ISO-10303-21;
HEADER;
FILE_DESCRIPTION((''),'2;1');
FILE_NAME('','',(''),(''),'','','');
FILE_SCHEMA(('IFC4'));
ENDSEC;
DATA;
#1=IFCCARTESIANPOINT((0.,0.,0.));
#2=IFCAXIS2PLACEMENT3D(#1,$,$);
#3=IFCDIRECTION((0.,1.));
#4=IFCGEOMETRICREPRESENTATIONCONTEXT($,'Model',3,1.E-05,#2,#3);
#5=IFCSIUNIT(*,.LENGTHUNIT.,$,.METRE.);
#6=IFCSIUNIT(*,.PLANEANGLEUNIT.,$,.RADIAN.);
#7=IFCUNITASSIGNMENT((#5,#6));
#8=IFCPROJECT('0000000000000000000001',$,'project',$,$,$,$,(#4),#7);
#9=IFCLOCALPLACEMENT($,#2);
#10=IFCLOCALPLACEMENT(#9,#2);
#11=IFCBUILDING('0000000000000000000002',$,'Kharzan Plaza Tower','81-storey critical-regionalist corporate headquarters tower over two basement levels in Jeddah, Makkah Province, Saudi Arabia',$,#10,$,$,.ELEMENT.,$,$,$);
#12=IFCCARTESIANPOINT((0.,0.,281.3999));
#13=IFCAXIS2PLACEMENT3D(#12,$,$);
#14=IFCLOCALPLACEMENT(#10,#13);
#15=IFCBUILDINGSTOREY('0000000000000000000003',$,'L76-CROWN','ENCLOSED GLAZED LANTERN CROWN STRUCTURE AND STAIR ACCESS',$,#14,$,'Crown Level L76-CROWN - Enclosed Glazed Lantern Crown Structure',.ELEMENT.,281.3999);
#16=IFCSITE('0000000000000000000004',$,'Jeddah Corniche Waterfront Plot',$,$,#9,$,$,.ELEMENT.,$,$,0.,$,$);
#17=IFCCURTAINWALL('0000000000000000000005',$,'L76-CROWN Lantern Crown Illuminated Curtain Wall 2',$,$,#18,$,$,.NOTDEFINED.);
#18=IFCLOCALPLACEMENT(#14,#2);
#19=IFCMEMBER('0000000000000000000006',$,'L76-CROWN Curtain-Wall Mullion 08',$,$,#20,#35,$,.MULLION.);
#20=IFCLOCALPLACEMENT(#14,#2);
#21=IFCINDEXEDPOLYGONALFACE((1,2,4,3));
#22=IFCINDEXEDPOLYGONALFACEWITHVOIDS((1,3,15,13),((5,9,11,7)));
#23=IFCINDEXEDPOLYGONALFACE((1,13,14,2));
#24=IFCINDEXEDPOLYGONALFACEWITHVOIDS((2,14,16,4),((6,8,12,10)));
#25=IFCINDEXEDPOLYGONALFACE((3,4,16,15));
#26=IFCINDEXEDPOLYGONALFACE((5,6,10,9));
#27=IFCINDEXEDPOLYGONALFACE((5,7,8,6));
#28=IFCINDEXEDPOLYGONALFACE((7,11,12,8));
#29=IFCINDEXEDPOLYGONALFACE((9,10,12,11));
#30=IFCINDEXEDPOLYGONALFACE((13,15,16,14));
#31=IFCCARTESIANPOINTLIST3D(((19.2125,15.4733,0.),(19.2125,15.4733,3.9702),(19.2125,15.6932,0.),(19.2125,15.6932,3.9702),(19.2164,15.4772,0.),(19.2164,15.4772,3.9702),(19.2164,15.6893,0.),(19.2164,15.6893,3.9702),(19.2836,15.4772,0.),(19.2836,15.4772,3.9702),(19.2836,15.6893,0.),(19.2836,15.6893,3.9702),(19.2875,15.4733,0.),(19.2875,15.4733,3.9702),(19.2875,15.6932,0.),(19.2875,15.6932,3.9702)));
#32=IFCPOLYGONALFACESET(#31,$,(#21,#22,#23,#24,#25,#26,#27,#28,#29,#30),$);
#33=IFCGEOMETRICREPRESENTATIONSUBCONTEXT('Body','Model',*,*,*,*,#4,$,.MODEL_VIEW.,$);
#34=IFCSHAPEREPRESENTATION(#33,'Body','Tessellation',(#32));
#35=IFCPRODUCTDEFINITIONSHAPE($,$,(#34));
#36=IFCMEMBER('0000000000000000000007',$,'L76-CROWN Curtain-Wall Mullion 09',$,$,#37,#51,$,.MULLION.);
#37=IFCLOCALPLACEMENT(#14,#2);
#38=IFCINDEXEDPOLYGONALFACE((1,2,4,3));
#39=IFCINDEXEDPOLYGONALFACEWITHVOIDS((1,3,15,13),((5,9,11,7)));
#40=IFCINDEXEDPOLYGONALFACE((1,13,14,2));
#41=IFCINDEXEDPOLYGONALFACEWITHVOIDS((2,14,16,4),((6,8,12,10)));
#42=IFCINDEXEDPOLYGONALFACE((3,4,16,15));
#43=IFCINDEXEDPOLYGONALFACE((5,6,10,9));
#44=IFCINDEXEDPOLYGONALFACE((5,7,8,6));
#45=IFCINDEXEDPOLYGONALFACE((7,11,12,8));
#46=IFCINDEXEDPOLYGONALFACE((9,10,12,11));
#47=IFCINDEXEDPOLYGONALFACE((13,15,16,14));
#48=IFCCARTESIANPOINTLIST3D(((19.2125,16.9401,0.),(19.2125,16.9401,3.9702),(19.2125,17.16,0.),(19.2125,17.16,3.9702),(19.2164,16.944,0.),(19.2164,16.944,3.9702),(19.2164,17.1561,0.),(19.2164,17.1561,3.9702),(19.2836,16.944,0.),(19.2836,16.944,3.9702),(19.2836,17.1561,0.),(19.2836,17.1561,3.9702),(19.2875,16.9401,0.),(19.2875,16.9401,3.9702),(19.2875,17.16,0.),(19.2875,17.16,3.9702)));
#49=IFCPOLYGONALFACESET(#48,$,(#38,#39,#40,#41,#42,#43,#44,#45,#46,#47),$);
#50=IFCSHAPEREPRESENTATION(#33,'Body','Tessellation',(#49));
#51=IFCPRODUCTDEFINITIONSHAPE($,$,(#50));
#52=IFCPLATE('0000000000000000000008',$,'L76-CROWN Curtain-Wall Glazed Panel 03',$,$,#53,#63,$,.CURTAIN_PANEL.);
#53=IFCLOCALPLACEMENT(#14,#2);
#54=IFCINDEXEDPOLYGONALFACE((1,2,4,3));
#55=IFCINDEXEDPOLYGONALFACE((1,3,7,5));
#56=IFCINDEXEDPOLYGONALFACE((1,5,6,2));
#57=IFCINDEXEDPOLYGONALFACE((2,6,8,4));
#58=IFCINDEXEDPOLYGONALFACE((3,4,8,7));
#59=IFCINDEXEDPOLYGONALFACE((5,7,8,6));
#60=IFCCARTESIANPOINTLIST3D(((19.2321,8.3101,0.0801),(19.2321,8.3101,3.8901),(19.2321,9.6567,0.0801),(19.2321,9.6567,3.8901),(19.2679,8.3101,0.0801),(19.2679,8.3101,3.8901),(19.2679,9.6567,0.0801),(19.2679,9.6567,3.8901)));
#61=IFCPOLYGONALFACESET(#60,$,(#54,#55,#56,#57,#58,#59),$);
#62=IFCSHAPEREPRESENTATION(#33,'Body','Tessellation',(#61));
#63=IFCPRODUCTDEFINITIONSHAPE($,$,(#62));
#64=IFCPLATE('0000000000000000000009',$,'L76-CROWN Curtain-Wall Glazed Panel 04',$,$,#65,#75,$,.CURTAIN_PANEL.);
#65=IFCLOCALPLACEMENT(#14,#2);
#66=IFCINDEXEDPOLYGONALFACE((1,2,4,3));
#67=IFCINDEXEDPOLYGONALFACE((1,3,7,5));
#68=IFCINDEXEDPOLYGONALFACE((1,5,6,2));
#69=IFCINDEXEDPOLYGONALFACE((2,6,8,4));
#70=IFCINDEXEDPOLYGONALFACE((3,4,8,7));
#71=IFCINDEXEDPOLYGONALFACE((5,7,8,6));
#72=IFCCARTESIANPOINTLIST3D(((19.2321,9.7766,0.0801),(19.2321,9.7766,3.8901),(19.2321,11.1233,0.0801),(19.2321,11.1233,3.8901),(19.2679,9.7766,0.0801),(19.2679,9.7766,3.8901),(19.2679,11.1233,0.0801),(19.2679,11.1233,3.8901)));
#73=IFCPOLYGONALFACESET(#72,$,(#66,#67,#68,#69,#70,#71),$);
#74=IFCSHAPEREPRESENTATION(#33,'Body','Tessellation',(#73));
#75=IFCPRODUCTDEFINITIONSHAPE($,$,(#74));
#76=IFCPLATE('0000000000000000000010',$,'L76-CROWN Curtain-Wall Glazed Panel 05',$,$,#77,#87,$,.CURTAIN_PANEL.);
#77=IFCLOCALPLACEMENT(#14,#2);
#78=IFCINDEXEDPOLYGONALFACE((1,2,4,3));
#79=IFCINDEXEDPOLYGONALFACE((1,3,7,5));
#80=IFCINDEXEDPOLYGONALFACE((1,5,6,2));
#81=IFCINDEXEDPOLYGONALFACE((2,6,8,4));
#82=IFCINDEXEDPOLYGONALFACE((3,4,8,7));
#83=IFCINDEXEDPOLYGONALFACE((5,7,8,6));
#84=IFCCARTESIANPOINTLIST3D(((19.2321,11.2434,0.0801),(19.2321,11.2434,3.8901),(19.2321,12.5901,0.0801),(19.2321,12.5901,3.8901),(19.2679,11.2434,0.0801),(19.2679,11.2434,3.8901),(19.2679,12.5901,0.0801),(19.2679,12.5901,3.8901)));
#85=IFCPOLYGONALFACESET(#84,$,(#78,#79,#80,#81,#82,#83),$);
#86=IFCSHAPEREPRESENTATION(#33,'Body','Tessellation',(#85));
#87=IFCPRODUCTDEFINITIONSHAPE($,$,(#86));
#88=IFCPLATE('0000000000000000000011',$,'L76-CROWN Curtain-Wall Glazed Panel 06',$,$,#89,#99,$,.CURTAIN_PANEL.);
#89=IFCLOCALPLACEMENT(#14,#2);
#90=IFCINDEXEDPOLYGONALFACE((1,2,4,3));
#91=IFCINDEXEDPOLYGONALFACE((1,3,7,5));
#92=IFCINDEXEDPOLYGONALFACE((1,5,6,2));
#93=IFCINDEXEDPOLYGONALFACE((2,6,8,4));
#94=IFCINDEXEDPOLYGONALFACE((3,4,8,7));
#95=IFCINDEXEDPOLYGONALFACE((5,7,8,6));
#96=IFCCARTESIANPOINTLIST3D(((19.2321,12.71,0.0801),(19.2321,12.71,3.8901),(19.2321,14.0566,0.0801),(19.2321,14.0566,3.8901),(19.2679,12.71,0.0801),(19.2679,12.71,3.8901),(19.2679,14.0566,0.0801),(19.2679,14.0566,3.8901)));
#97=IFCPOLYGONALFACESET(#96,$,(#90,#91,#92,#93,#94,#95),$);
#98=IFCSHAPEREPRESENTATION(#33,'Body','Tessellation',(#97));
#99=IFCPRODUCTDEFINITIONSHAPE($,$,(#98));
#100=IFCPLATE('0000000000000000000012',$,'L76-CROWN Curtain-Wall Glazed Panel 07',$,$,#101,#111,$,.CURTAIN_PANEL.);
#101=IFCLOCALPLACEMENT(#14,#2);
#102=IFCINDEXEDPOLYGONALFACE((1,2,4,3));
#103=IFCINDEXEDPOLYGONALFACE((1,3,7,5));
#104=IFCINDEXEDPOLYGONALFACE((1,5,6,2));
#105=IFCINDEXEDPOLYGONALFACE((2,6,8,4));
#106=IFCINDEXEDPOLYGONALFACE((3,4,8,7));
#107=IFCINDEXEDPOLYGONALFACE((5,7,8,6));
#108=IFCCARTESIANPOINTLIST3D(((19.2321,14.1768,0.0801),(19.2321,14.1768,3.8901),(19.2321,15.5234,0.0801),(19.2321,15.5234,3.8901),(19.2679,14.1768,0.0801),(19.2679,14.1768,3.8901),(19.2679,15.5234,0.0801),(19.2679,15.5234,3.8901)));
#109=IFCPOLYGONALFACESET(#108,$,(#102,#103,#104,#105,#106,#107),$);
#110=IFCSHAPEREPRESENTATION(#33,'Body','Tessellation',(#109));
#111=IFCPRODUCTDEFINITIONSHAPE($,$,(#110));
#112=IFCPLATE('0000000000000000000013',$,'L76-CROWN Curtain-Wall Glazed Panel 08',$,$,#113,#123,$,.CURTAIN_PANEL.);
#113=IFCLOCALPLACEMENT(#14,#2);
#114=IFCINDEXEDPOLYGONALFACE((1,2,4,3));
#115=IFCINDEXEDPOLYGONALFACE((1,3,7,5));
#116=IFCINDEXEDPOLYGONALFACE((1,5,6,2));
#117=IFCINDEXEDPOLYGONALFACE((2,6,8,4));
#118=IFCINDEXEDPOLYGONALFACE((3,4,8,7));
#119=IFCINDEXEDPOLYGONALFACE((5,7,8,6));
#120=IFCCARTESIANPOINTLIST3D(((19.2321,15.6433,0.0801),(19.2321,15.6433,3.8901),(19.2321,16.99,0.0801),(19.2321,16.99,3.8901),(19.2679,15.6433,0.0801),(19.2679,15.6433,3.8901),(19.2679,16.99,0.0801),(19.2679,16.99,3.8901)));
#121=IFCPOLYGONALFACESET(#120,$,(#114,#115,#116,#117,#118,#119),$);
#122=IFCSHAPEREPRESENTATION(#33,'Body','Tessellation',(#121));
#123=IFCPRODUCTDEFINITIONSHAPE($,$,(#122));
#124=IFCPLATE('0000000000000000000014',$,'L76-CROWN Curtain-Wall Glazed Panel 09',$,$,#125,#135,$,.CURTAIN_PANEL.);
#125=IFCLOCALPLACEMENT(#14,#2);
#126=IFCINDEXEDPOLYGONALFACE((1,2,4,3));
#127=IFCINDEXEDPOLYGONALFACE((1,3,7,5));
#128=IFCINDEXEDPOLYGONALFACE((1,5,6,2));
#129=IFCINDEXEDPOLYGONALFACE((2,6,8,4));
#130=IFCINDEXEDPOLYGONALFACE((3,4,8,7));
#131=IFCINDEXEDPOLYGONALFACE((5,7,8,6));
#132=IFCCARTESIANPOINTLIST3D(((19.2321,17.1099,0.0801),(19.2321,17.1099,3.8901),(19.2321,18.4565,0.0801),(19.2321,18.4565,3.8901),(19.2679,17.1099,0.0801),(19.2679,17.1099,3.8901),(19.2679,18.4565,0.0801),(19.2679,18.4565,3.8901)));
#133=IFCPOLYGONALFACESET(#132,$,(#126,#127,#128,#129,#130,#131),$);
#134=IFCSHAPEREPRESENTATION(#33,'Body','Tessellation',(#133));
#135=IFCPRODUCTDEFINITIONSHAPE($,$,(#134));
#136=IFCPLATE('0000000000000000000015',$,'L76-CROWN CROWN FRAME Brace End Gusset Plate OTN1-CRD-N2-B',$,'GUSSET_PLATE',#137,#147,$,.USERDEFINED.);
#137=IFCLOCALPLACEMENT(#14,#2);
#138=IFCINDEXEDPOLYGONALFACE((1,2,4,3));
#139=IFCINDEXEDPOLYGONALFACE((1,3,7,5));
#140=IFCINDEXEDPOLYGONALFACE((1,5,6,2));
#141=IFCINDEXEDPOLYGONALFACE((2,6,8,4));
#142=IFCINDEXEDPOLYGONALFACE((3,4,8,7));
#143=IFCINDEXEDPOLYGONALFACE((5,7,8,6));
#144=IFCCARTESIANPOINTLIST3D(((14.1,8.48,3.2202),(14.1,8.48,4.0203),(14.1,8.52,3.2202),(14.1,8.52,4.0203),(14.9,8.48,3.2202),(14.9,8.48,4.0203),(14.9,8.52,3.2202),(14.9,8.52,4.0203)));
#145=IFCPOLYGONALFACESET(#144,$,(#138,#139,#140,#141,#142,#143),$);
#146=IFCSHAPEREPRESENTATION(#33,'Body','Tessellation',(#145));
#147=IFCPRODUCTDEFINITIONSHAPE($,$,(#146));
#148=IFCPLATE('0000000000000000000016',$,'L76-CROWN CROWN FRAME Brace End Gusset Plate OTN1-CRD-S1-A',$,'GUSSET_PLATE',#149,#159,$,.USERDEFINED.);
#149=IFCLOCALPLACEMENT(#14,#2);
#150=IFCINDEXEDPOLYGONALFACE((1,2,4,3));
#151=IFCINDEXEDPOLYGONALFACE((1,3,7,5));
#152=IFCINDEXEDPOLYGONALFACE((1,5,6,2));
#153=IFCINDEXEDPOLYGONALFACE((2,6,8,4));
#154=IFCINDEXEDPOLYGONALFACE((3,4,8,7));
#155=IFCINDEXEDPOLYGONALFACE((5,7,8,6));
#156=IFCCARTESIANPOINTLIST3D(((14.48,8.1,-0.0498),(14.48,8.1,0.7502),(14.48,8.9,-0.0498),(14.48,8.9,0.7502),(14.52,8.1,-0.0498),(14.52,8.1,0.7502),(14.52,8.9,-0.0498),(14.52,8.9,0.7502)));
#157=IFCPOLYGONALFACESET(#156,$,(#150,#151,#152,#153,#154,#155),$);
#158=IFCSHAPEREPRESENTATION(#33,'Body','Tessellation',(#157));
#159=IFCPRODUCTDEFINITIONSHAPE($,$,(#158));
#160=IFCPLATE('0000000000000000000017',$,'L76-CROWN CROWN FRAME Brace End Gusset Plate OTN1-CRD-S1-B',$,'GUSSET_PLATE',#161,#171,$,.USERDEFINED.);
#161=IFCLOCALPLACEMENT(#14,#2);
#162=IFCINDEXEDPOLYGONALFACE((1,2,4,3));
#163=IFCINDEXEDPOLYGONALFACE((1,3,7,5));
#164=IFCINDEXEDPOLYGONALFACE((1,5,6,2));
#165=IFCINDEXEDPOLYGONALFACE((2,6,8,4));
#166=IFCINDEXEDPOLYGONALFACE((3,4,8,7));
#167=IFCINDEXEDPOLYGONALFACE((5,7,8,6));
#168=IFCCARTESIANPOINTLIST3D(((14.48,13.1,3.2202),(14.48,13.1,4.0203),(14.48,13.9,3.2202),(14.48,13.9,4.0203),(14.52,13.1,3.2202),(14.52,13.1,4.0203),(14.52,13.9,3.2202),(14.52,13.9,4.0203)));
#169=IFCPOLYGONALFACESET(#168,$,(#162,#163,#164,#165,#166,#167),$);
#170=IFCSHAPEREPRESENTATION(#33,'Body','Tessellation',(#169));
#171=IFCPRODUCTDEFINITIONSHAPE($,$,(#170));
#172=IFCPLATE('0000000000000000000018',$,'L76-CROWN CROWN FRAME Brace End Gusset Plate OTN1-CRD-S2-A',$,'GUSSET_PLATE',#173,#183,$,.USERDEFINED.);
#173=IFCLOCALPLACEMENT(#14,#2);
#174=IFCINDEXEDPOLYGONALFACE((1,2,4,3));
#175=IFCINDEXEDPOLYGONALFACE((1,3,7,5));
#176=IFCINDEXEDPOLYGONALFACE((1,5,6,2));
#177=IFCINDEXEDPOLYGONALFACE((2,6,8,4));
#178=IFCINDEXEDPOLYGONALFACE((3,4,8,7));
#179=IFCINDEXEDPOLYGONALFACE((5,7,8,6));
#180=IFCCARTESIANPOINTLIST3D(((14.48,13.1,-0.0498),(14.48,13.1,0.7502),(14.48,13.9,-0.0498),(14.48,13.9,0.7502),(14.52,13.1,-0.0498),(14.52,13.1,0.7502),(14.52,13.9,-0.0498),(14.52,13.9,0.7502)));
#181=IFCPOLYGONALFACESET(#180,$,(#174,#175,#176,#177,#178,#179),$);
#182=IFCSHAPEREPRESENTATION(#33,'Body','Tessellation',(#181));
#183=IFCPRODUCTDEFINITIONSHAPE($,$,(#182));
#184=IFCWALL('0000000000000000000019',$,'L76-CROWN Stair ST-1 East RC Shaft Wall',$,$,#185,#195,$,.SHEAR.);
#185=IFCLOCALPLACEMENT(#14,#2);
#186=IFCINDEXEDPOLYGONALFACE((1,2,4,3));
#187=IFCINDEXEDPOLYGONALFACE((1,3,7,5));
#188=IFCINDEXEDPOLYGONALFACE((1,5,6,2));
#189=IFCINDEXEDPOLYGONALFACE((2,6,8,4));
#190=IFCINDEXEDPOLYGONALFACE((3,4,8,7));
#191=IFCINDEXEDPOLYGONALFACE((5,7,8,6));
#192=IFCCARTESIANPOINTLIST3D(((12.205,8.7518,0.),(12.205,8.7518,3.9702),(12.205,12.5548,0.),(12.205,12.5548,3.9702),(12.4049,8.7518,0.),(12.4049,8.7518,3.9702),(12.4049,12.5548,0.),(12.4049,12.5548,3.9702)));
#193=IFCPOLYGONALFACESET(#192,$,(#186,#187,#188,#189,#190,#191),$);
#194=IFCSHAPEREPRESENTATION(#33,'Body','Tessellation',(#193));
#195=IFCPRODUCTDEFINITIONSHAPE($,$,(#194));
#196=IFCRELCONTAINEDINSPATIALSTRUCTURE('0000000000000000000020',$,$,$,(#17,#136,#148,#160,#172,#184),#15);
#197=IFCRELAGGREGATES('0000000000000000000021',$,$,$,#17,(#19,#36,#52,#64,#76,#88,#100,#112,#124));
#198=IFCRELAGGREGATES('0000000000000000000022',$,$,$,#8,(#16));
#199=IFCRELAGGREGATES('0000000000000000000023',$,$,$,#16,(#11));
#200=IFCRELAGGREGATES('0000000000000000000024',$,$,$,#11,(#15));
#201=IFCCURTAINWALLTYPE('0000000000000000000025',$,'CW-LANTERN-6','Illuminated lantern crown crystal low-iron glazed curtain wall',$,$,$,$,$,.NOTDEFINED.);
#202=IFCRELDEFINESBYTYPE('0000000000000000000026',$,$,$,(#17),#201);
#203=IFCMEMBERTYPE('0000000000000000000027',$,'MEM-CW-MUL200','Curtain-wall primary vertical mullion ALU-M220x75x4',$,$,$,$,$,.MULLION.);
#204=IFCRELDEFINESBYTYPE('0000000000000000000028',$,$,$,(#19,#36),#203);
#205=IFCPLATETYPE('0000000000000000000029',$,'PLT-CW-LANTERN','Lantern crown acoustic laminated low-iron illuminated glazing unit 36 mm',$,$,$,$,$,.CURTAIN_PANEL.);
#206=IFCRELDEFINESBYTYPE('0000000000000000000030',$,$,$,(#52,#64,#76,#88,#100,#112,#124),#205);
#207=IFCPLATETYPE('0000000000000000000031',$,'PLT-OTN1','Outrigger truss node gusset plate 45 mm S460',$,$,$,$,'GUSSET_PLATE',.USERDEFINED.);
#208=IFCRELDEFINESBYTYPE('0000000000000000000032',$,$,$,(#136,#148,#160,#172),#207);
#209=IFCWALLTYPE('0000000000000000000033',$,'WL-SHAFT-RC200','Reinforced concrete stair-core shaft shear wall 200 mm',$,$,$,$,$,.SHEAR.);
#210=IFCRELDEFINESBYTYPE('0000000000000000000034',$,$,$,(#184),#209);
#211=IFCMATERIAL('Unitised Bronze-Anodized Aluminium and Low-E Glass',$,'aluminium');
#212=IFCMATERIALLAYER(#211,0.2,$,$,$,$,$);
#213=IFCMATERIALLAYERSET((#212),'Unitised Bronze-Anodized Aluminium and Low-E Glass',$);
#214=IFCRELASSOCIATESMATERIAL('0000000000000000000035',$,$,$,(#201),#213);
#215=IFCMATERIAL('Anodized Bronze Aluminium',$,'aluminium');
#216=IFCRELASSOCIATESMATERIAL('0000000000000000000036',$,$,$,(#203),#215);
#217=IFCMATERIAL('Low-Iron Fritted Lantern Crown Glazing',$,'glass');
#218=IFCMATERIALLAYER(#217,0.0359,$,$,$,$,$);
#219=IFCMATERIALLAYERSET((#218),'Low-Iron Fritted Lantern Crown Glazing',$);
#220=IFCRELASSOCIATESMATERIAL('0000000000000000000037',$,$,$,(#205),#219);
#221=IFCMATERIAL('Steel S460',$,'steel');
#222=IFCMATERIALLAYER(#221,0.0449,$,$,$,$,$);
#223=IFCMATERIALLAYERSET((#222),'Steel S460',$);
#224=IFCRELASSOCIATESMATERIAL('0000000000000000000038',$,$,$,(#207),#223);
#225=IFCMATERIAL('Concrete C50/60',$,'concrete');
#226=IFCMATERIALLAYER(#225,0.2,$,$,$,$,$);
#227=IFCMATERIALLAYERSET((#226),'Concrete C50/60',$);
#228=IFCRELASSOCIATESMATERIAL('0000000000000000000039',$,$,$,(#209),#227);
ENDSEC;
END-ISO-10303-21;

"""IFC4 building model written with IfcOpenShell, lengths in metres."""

from ifc_helpers import new_model, si_unit, direction, frame, frame_2d, origin, origin_2d, place, context, subcontext, project, spatial, rectangle, hollow_rectangle, extrude, source, transform, mapped, material, layer, layer_set, material_profile, profile_set, type_object, element, aggregate, save


model = new_model("IFC4")

# Units and contexts
model_context = context("Model", 3, precision=1e-05, world=origin(), true_north=direction((0.0, 1.0)))
body_context = subcontext(model_context, "Body", "Model", "MODEL_VIEW")
ifc_project = project(units=[si_unit("LENGTHUNIT", "METRE"), si_unit("PLANEANGLEUNIT", "RADIAN")], contexts=[model_context])

# Site, building, storey
site_placement = place(None, origin())
site = spatial("IfcSite", under=ifc_project, at=site_placement, Name="Jeddah Corniche Waterfront Plot", CompositionType="ELEMENT", RefElevation=0.0)
building_placement = place(site_placement, origin())
building = spatial("IfcBuilding", under=site, at=building_placement, Name="Kharzan Plaza Tower", Description="81-storey critical-regionalist corporate headquarters tower over two basement levels in Jeddah, Makkah Province, Saudi Arabia", CompositionType="ELEMENT")
storey_placement = place(building_placement, frame((0.0, 0.0, 281.3999)))
storey = spatial("IfcBuildingStorey", under=building, at=storey_placement, Name="L76-CROWN", Description="ENCLOSED GLAZED LANTERN CROWN STRUCTURE AND STAIR ACCESS", LongName="Crown Level L76-CROWN - Enclosed Glazed Lantern Crown Structure", CompositionType="ELEMENT", Elevation=281.3999)

# Curtain wall, members, plates
ifc_material_1 = material(Name="Unitised Bronze-Anodized Aluminium and Low-E Glass", Category="aluminium")
ifc_layer_1 = layer(ifc_material_1, 0.2)
ifc_layer_set_1 = layer_set([ifc_layer_1], Name="Unitised Bronze-Anodized Aluminium and Low-E Glass")
curtain_wall_type = type_object("IfcCurtainWallType", Name="CW-LANTERN-6", Description="Illuminated lantern crown crystal low-iron glazed curtain wall", PredefinedType="NOTDEFINED", material=ifc_layer_set_1)
curtain_wall_placement = place(storey_placement, origin())
curtain_wall = element("IfcCurtainWall", 1, at=curtain_wall_placement, inside=storey, type_object=curtain_wall_type, Name="L76-CROWN Lantern Crown Illuminated Curtain Wall 2", PredefinedType="NOTDEFINED")
ifc_material_2 = material(Name="Anodized Bronze Aluminium", Category="aluminium")
ifc_material_profile_1 = material_profile(ifc_material_2, hollow_rectangle(XDim=0.075, YDim=0.22, WallThickness=0.0039, at=origin_2d()), Name="ALU-M220x75x4")
ifc_profile_set_1 = profile_set([ifc_material_profile_1], Name="Anodized Bronze Aluminium")
member_type_1 = type_object("IfcMemberType", Name="MEM-CW-MUL200", Description="Curtain-wall primary vertical mullion ALU-M220x75x4", PredefinedType="MULLION", material=ifc_profile_set_1)
shared_shape_1 = source(origin(), body_context, "Body", "SweptSolid", [
    extrude(hollow_rectangle(XDim=0.075, YDim=0.22, WallThickness=0.0039, at=origin_2d()), origin(), (0.0, 0.0, 1.0), 3.9702),
])
member_1_placement = place(storey_placement, frame((19.25, 15.5833, 0.0), z_axis=(0.0, 0.0, 1.0), x_axis=(1.0, 0.0, 0.0)))
member_1 = element("IfcMember", 2, at=member_1_placement, type_object=member_type_1, Name="L76-CROWN Curtain-Wall Mullion 08", PredefinedType="MULLION", context=body_context, shape_type="MappedRepresentation", body=[
    mapped(shared_shape_1, transform((0.0, 0.0, 0.0), x_axis=(1.0, 0.0, 0.0), y_axis=(0.0, 1.0, 0.0), z_axis=(0.0, 0.0, 1.0))),
])
member_2_placement = place(storey_placement, frame((19.25, 17.05, 0.0), z_axis=(0.0, 0.0, 1.0), x_axis=(1.0, 0.0, 0.0)))
member_2 = element("IfcMember", 3, at=member_2_placement, type_object=member_type_1, Name="L76-CROWN Curtain-Wall Mullion 09", PredefinedType="MULLION", context=body_context, shape_type="MappedRepresentation", body=[
    mapped(shared_shape_1, transform((0.0, 0.0, 0.0), x_axis=(1.0, 0.0, 0.0), y_axis=(0.0, 1.0, 0.0), z_axis=(0.0, 0.0, 1.0))),
])
ifc_material_3 = material(Name="Low-Iron Fritted Lantern Crown Glazing", Category="glass")
ifc_layer_2 = layer(ifc_material_3, 0.0359)
ifc_layer_set_2 = layer_set([ifc_layer_2], Name="Low-Iron Fritted Lantern Crown Glazing")
plate_type_1 = type_object("IfcPlateType", Name="PLT-CW-LANTERN", Description="Lantern crown acoustic laminated low-iron illuminated glazing unit 36 mm", PredefinedType="CURTAIN_PANEL", material=ifc_layer_set_2)
shared_shape_2 = source(origin(), body_context, "Body", "SweptSolid", [
    extrude(rectangle(XDim=1.3467, YDim=0.0359, at=origin_2d()), origin(), (0.0, 0.0, 1.0), 3.8101),
])
plate_1_placement = place(storey_placement, frame((19.25, 8.9834, 0.0801), z_axis=(0.0, 0.0, 1.0), x_axis=(0.0, 1.0, 0.0)))
plate_1 = element("IfcPlate", 4, at=plate_1_placement, type_object=plate_type_1, Name="L76-CROWN Curtain-Wall Glazed Panel 03", PredefinedType="CURTAIN_PANEL", context=body_context, shape_type="MappedRepresentation", body=[
    mapped(shared_shape_2, transform((0.0, 0.0, 0.0), x_axis=(1.0, 0.0, 0.0), y_axis=(0.0, 1.0, 0.0), z_axis=(0.0, 0.0, 1.0))),
])
plate_2_placement = place(storey_placement, frame((19.25, 10.45, 0.0801), z_axis=(0.0, 0.0, 1.0), x_axis=(0.0, 1.0, 0.0)))
plate_2 = element("IfcPlate", 5, at=plate_2_placement, type_object=plate_type_1, Name="L76-CROWN Curtain-Wall Glazed Panel 04", PredefinedType="CURTAIN_PANEL", context=body_context, shape_type="MappedRepresentation", body=[
    mapped(shared_shape_2, transform((0.0, 0.0, 0.0), x_axis=(1.0, 0.0, 0.0), y_axis=(0.0, 1.0, 0.0), z_axis=(0.0, 0.0, 1.0))),
])
plate_3_placement = place(storey_placement, frame((19.25, 11.9167, 0.0801), z_axis=(0.0, 0.0, 1.0), x_axis=(0.0, 1.0, 0.0)))
plate_3 = element("IfcPlate", 6, at=plate_3_placement, type_object=plate_type_1, Name="L76-CROWN Curtain-Wall Glazed Panel 05", PredefinedType="CURTAIN_PANEL", context=body_context, shape_type="MappedRepresentation", body=[
    mapped(shared_shape_2, transform((0.0, 0.0, 0.0), x_axis=(1.0, 0.0, 0.0), y_axis=(0.0, 1.0, 0.0), z_axis=(0.0, 0.0, 1.0))),
])
plate_4_placement = place(storey_placement, frame((19.25, 13.3833, 0.0801), z_axis=(0.0, 0.0, 1.0), x_axis=(0.0, 1.0, 0.0)))
plate_4 = element("IfcPlate", 7, at=plate_4_placement, type_object=plate_type_1, Name="L76-CROWN Curtain-Wall Glazed Panel 06", PredefinedType="CURTAIN_PANEL", context=body_context, shape_type="MappedRepresentation", body=[
    mapped(shared_shape_2, transform((0.0, 0.0, 0.0), x_axis=(1.0, 0.0, 0.0), y_axis=(0.0, 1.0, 0.0), z_axis=(0.0, 0.0, 1.0))),
])
plate_5_placement = place(storey_placement, frame((19.25, 14.8501, 0.0801), z_axis=(0.0, 0.0, 1.0), x_axis=(0.0, 1.0, 0.0)))
plate_5 = element("IfcPlate", 8, at=plate_5_placement, type_object=plate_type_1, Name="L76-CROWN Curtain-Wall Glazed Panel 07", PredefinedType="CURTAIN_PANEL", context=body_context, shape_type="MappedRepresentation", body=[
    mapped(shared_shape_2, transform((0.0, 0.0, 0.0), x_axis=(1.0, 0.0, 0.0), y_axis=(0.0, 1.0, 0.0), z_axis=(0.0, 0.0, 1.0))),
])
plate_6_placement = place(storey_placement, frame((19.25, 16.3167, 0.0801), z_axis=(0.0, 0.0, 1.0), x_axis=(0.0, 1.0, 0.0)))
plate_6 = element("IfcPlate", 9, at=plate_6_placement, type_object=plate_type_1, Name="L76-CROWN Curtain-Wall Glazed Panel 08", PredefinedType="CURTAIN_PANEL", context=body_context, shape_type="MappedRepresentation", body=[
    mapped(shared_shape_2, transform((0.0, 0.0, 0.0), x_axis=(1.0, 0.0, 0.0), y_axis=(0.0, 1.0, 0.0), z_axis=(0.0, 0.0, 1.0))),
])
plate_7_placement = place(storey_placement, frame((19.25, 17.7832, 0.0801), z_axis=(0.0, 0.0, 1.0), x_axis=(0.0, 1.0, 0.0)))
plate_7 = element("IfcPlate", 10, at=plate_7_placement, type_object=plate_type_1, Name="L76-CROWN Curtain-Wall Glazed Panel 09", PredefinedType="CURTAIN_PANEL", context=body_context, shape_type="MappedRepresentation", body=[
    mapped(shared_shape_2, transform((0.0, 0.0, 0.0), x_axis=(1.0, 0.0, 0.0), y_axis=(0.0, 1.0, 0.0), z_axis=(0.0, 0.0, 1.0))),
])
aggregate(curtain_wall, [member_1, member_2, plate_1, plate_2, plate_3, plate_4, plate_5, plate_6, plate_7])

# Plates
ifc_material_4 = material(Name="Steel S460", Category="steel")
ifc_layer_3 = layer(ifc_material_4, 0.0449)
ifc_layer_set_3 = layer_set([ifc_layer_3], Name="Steel S460")
plate_type_2 = type_object("IfcPlateType", Name="PLT-OTN1", Description="Outrigger truss node gusset plate 45 mm S460", ElementType="GUSSET_PLATE", PredefinedType="USERDEFINED", material=ifc_layer_set_3)
shared_shape_3 = source(origin(), body_context, "Body", "SweptSolid", [
    extrude(rectangle(XDim=0.8, YDim=0.04, at=origin_2d()), origin(), (0.0, 0.0, 1.0), 0.8),
])
for number, where, z_axis, x_axis, name in (
    (11, (14.5, 8.5, 3.2202), (0.0, 0.0, 1.0), (1.0, 0.0, 0.0), "L76-CROWN CROWN FRAME Brace End Gusset Plate OTN1-CRD-N2-B"),
    (12, (14.5, 8.5, -0.0498), (0.0, 0.0, 1.0), (0.0, 1.0, 0.0), "L76-CROWN CROWN FRAME Brace End Gusset Plate OTN1-CRD-S1-A"),
    (13, (14.5, 13.5, 3.2202), (0.0, 0.0, 1.0), (0.0, 1.0, 0.0), "L76-CROWN CROWN FRAME Brace End Gusset Plate OTN1-CRD-S1-B"),
    (14, (14.5, 13.5, -0.0498), (0.0, 0.0, 1.0), (0.0, 1.0, 0.0), "L76-CROWN CROWN FRAME Brace End Gusset Plate OTN1-CRD-S2-A"),
):
    element("IfcPlate", number, at=place(storey_placement, frame(where, z_axis=z_axis, x_axis=x_axis)), inside=storey, type_object=plate_type_2, Name=name, ObjectType="GUSSET_PLATE", PredefinedType="USERDEFINED", context=body_context, shape_type="MappedRepresentation", body=[
        mapped(shared_shape_3, transform((0.0, 0.0, 0.0), x_axis=(1.0, 0.0, 0.0), y_axis=(0.0, 1.0, 0.0), z_axis=(0.0, 0.0, 1.0))),
    ])

# Wall
ifc_material_5 = material(Name="Concrete C50/60", Category="concrete")
ifc_layer_4 = layer(ifc_material_5, 0.2)
ifc_layer_set_4 = layer_set([ifc_layer_4], Name="Concrete C50/60")
wall_type = type_object("IfcWallType", Name="WL-SHAFT-RC200", Description="Reinforced concrete stair-core shaft shear wall 200 mm", PredefinedType="SHEAR", material=ifc_layer_set_4)
shared_shape_4 = source(origin(), body_context, "Body", "SweptSolid", [
    extrude(rectangle(XDim=3.803, YDim=0.2, at=frame_2d((1.9014, 0.0))), origin(), (0.0, 0.0, 1.0), 3.9702),
])
wall_placement = place(storey_placement, frame((12.3049, 8.752, 0.0), z_axis=(0.0, 0.0, 1.0), x_axis=(0.0, 1.0, 0.0)))
element("IfcWall", 15, at=wall_placement, inside=storey, type_object=wall_type, Name="L76-CROWN Stair ST-1 East RC Shaft Wall", PredefinedType="SHEAR", context=body_context, shape_type="MappedRepresentation", body=[
    mapped(shared_shape_4, transform((0.0, 0.0, 0.0), x_axis=(1.0, 0.0, 0.0), y_axis=(0.0, 1.0, 0.0), z_axis=(0.0, 0.0, 1.0))),
])

save(model, "model.ifc")
